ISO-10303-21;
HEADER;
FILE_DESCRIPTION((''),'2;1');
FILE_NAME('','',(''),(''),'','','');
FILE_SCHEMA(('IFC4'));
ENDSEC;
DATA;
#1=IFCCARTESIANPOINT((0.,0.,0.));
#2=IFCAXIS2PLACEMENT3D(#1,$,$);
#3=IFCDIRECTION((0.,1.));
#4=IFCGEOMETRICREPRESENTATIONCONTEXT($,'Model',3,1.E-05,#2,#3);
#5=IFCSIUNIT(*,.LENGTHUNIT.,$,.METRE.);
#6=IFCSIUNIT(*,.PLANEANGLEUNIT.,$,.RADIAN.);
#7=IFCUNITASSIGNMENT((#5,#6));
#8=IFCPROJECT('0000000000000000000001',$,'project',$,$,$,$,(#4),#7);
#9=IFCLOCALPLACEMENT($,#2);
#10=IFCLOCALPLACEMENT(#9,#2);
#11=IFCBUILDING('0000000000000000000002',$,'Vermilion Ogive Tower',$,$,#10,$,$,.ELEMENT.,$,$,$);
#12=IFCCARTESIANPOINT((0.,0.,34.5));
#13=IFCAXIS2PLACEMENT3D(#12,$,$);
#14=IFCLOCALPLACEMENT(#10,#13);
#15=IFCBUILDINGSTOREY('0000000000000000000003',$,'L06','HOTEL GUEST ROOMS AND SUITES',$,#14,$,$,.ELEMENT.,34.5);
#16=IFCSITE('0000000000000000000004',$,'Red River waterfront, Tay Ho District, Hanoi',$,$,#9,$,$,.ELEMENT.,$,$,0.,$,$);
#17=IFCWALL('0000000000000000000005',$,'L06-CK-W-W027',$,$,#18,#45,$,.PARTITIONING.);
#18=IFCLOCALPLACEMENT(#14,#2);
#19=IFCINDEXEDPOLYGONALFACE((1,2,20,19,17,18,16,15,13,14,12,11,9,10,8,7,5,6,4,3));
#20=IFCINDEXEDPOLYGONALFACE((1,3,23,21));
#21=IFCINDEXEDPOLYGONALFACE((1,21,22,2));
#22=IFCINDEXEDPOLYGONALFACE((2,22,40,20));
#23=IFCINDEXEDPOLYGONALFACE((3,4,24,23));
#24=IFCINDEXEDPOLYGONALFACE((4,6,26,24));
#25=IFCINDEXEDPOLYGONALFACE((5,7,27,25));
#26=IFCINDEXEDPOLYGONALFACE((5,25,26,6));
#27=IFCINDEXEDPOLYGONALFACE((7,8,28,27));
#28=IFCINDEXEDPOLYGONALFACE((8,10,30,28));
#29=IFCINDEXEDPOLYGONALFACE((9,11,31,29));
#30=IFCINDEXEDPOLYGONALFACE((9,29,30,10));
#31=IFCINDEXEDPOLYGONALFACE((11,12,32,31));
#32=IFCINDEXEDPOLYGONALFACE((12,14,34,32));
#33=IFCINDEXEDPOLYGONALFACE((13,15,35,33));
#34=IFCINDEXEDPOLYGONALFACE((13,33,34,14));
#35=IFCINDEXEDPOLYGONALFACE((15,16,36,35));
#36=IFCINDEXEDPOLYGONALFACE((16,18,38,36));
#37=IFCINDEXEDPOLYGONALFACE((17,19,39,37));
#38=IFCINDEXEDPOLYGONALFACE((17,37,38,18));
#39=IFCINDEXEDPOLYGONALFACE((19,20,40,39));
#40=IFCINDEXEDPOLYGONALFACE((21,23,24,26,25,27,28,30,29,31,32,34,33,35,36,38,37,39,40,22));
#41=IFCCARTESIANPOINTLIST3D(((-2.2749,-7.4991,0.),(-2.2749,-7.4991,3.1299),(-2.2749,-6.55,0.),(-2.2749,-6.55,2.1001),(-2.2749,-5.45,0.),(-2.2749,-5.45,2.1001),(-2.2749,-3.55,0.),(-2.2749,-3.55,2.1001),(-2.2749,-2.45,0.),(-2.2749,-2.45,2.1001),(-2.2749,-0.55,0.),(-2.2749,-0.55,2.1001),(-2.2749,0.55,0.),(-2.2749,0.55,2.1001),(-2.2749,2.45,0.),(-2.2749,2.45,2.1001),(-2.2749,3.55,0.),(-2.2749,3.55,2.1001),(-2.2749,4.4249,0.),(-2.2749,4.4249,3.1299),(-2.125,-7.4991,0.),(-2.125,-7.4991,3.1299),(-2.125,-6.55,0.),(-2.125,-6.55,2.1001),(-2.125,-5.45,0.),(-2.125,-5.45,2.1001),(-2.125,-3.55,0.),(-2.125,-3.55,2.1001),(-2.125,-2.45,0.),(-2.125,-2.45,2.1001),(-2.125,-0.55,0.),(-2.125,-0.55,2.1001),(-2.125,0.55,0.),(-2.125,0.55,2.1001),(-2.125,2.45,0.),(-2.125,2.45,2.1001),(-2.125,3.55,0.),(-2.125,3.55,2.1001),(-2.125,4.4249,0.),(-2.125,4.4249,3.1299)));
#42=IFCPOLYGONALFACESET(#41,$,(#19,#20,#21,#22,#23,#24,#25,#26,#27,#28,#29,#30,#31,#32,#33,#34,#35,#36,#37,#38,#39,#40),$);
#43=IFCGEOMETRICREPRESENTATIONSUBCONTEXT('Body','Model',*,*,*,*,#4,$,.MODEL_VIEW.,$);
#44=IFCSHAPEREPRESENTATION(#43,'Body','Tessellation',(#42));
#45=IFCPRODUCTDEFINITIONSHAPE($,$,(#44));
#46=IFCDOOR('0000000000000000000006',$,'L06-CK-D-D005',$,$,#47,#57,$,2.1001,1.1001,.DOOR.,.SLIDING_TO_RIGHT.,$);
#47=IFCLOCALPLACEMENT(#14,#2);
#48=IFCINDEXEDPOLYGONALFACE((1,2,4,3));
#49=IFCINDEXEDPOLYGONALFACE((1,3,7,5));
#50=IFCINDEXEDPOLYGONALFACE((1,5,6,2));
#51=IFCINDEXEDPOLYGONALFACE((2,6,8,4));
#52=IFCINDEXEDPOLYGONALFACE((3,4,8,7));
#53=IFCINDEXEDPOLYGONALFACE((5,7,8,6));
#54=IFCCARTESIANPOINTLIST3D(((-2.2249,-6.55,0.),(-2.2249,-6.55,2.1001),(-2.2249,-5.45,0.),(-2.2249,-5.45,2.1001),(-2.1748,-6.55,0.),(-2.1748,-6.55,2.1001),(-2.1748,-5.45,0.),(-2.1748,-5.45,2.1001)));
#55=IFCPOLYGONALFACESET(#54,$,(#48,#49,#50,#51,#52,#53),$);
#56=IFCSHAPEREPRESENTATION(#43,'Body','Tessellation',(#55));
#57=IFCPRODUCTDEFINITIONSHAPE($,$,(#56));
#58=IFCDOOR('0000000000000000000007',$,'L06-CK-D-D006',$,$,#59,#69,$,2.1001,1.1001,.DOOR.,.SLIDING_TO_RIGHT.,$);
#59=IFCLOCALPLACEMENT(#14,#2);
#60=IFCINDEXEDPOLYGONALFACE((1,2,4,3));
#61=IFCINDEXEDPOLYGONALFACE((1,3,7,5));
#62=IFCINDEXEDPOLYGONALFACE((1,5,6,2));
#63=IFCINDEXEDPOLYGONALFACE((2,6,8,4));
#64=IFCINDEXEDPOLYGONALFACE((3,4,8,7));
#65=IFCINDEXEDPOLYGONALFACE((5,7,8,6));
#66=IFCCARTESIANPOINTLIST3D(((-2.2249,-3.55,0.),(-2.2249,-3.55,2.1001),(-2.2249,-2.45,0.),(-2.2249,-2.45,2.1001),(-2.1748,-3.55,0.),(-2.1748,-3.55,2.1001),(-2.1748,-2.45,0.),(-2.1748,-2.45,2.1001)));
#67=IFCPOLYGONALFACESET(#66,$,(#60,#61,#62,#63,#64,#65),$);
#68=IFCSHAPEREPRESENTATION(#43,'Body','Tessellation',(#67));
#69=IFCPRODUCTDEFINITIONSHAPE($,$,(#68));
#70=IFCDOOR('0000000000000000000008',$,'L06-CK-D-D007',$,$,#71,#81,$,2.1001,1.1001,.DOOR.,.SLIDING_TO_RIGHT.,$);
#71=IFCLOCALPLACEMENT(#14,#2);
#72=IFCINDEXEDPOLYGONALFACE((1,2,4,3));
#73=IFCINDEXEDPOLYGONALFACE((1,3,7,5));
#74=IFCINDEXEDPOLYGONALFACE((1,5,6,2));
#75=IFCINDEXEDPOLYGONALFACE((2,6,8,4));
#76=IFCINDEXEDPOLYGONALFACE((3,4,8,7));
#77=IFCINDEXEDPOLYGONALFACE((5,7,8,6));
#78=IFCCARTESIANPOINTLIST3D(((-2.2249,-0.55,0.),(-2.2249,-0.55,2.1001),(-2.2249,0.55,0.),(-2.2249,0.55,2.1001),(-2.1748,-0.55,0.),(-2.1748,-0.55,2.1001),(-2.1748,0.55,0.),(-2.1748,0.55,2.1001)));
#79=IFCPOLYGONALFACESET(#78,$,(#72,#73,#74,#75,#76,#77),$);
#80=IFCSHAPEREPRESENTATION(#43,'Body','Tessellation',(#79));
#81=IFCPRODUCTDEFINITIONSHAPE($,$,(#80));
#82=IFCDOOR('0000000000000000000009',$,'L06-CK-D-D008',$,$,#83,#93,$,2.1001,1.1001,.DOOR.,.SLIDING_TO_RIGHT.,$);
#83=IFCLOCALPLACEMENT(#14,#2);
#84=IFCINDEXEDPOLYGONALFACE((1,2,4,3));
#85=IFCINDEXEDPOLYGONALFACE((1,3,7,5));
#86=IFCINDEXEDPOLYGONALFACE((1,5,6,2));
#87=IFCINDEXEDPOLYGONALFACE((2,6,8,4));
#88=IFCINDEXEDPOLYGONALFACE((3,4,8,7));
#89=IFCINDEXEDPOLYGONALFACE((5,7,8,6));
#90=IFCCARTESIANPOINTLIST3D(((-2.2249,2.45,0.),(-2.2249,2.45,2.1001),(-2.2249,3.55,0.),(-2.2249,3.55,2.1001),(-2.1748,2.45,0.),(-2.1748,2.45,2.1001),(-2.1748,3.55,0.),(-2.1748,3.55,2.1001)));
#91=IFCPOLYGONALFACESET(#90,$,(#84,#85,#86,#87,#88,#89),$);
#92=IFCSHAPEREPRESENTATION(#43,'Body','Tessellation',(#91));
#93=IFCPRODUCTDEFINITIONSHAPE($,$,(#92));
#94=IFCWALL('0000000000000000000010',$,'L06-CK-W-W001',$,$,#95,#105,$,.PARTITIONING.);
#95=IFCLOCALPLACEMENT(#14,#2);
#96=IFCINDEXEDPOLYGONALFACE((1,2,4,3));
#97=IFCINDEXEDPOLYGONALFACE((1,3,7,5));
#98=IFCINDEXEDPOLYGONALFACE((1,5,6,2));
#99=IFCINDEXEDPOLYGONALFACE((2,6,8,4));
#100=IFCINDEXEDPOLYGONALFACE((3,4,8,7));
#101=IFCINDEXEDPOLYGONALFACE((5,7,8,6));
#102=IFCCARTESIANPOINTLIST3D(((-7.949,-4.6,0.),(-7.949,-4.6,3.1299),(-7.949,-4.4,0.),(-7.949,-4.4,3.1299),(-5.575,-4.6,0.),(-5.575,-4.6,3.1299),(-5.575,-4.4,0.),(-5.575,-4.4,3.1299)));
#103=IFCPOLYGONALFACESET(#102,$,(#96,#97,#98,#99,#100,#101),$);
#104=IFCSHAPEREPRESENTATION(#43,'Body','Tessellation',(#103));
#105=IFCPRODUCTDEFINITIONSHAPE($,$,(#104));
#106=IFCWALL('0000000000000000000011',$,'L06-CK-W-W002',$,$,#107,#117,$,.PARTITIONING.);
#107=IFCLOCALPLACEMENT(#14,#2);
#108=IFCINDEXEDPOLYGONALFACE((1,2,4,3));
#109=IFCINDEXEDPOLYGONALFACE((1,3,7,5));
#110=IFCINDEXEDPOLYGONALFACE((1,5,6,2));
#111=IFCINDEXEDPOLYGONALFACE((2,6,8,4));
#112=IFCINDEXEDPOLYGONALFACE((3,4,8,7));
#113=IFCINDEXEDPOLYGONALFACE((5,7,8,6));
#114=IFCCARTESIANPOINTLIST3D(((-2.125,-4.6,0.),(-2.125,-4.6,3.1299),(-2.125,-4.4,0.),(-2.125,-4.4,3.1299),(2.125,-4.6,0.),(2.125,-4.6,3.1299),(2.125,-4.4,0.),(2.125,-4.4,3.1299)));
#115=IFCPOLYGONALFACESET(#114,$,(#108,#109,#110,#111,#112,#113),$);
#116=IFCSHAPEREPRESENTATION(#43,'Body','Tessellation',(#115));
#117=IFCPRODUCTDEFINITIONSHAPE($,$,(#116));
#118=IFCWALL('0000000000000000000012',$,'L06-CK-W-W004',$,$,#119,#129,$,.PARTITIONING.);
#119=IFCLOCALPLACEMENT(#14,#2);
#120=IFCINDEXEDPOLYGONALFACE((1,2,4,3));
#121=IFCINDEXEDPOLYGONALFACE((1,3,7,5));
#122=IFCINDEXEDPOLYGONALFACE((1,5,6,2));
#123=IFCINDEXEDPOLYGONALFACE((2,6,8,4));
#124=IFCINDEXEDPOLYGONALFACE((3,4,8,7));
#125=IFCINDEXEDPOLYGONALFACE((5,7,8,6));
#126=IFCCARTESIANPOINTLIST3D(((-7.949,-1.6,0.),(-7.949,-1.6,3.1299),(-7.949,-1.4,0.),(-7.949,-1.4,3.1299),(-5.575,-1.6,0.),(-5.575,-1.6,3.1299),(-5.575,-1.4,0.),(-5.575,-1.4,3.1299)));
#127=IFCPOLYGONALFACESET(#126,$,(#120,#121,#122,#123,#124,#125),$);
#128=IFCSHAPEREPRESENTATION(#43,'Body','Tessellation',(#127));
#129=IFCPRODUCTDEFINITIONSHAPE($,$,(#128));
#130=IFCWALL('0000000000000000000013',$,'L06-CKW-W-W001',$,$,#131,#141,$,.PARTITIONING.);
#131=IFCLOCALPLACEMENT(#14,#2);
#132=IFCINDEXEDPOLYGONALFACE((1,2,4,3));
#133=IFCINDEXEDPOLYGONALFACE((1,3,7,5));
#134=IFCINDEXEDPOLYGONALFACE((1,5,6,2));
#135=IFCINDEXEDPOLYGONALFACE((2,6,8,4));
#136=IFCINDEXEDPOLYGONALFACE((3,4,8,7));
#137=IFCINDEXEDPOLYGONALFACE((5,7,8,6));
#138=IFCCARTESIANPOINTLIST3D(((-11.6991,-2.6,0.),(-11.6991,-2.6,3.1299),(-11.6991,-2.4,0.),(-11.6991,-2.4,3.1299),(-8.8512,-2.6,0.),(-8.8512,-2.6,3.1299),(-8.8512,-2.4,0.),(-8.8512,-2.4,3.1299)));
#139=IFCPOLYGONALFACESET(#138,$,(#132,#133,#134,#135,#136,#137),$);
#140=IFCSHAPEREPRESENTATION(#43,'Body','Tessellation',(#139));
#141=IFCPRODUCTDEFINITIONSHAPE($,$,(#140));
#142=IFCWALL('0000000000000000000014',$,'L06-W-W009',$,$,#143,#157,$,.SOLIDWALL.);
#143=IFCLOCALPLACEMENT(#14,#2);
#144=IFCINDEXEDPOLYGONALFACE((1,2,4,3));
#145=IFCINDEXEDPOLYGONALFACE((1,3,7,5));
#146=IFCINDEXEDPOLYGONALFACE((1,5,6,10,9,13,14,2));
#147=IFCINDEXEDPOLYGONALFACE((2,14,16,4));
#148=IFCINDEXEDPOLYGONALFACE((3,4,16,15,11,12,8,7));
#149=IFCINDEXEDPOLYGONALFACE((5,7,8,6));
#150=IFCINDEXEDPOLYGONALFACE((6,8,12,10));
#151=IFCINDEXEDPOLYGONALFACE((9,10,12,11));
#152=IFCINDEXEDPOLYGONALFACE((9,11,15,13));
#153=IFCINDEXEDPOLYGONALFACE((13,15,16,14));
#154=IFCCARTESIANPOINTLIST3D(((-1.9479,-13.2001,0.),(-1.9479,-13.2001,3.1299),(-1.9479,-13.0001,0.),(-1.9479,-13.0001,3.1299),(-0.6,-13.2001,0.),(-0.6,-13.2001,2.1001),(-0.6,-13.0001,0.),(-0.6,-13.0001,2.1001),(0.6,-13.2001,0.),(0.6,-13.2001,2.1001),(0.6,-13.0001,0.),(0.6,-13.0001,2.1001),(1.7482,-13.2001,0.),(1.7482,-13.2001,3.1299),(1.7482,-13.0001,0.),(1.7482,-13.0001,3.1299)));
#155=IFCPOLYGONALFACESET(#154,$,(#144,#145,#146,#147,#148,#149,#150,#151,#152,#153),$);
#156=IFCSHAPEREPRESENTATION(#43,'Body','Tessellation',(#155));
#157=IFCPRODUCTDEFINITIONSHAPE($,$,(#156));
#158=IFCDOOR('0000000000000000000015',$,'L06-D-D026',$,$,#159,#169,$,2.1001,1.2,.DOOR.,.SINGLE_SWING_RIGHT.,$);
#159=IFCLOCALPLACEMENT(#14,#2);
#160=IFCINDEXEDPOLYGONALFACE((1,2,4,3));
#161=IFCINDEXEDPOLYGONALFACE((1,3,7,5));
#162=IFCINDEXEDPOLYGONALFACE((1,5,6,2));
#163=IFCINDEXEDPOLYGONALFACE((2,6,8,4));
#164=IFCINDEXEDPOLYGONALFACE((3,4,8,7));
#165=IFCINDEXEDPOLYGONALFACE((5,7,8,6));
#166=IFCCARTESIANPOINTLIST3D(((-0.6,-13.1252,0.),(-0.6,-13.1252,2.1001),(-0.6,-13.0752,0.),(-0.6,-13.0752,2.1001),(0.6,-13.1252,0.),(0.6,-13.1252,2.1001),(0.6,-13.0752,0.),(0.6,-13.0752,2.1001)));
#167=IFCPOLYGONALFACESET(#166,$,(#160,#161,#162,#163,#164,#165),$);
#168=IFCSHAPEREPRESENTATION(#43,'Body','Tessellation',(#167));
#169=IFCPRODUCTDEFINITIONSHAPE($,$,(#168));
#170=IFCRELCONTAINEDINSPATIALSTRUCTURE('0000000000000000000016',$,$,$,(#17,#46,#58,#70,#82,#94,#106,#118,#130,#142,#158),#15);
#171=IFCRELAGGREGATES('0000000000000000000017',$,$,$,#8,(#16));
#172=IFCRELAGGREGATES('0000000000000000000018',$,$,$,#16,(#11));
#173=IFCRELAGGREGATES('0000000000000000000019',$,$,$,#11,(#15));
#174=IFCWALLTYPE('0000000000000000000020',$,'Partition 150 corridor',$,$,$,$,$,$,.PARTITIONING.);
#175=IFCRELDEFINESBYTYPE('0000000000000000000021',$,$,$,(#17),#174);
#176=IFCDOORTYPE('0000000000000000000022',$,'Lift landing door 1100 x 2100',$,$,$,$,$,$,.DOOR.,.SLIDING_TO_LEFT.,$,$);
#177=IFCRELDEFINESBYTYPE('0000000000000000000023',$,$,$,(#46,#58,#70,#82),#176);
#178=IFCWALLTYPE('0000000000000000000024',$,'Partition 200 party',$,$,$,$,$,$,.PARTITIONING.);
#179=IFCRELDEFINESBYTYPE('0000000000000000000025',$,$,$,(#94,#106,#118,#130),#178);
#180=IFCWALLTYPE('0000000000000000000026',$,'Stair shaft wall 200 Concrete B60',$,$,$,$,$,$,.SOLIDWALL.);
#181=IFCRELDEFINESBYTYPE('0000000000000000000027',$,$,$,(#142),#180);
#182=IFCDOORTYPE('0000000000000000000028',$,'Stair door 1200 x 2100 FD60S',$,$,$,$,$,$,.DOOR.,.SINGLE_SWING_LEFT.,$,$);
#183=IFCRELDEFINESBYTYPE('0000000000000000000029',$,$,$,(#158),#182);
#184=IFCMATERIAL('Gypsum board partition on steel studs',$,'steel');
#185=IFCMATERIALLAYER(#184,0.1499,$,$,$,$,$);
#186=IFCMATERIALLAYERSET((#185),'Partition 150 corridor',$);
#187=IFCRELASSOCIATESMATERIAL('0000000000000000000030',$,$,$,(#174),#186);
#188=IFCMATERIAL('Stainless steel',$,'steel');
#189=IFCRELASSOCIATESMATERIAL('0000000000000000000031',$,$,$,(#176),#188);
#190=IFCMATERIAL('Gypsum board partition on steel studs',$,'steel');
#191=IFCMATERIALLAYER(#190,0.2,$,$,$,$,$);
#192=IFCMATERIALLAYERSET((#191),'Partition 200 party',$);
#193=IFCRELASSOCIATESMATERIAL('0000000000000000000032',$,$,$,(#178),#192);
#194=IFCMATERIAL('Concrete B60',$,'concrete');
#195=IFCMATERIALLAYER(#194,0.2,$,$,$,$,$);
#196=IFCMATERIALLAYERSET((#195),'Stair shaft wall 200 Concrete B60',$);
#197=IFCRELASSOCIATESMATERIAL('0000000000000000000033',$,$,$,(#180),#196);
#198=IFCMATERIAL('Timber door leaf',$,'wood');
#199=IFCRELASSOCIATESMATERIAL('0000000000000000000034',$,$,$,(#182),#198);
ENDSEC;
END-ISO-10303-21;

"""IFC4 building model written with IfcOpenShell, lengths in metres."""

from ifc_helpers import new_model, si_unit, direction, frame, frame_2d, origin, place, context, subcontext, project, spatial, rectangle, extrude, material, layer, layer_set, type_object, element, fill, save


model = new_model("IFC4")

# Units and contexts
model_context = context("Model", 3, precision=1e-05, world=origin(), true_north=direction((0.0, 1.0)))
body_context = subcontext(model_context, "Body", "Model", "MODEL_VIEW")
ifc_project = project(units=[si_unit("LENGTHUNIT", "METRE"), si_unit("PLANEANGLEUNIT", "RADIAN")], contexts=[model_context])

# Site, building, storey
site_placement = place(None, origin())
site = spatial("IfcSite", under=ifc_project, at=site_placement, Name="Red River waterfront, Tay Ho District, Hanoi", CompositionType="ELEMENT", RefElevation=0.0)
building_placement = place(site_placement, origin())
building = spatial("IfcBuilding", under=site, at=building_placement, Name="Vermilion Ogive Tower", CompositionType="ELEMENT")
storey_placement = place(building_placement, frame((0.0, 0.0, 34.5)))
storey = spatial("IfcBuildingStorey", under=building, at=storey_placement, Name="L06", Description="HOTEL GUEST ROOMS AND SUITES", CompositionType="ELEMENT", Elevation=34.5)

# Wall, openings, doors
ifc_material_1 = material(Name="Gypsum board partition on steel studs", Category="steel")
ifc_layer_1 = layer(ifc_material_1, 0.1499)
ifc_layer_set_1 = layer_set([ifc_layer_1], Name="Partition 150 corridor")
wall_type_1 = type_object("IfcWallType", Name="Partition 150 corridor", PredefinedType="PARTITIONING", material=ifc_layer_set_1)
ifc_material_2 = material(Name="Stainless steel", Category="steel")
door_type_1 = type_object("IfcDoorType", Name="Lift landing door 1100 x 2100", OperationType="SLIDING_TO_LEFT", PredefinedType="DOOR", material=ifc_material_2)
wall_1_placement = place(storey_placement, frame((-2.2, -7.499, 0.0), z_axis=(0.0, 0.0, 1.0), x_axis=(0.0, 1.0, 0.0)))
wall_1 = element("IfcWall", 1, at=wall_1_placement, inside=storey, type_object=wall_type_1, Name="L06-CK-W-W027", PredefinedType="PARTITIONING", context=body_context, shape_type="SweptSolid", body=[
    extrude(rectangle(XDim=11.9241, YDim=0.1499, at=frame_2d((5.9619, 0.0))), origin(), (0.0, 0.0, 1.0), 3.1299),
])
opening_1_placement = place(wall_1_placement, frame((0.949, 0.0, 0.0)))
opening_1 = element("IfcOpeningElement", 2, at=opening_1_placement, cuts=wall_1, PredefinedType="OPENING", context=body_context, shape_type="SweptSolid", body=[
    extrude(rectangle(XDim=1.1001, YDim=2.1001, at=frame_2d((0.55, 1.05))), frame((0.0, 0.085, 0.0), z_axis=(0.0, -1.0, 0.0), x_axis=(1.0, 0.0, 0.0)), (0.0, 0.0, 1.0), 0.1699),
])
opening_2_placement = place(wall_1_placement, frame((3.949, 0.0, 0.0)))
opening_2 = element("IfcOpeningElement", 3, at=opening_2_placement, cuts=wall_1, PredefinedType="OPENING", context=body_context, shape_type="SweptSolid", body=[
    extrude(rectangle(XDim=1.1001, YDim=2.1001, at=frame_2d((0.55, 1.05))), frame((0.0, 0.085, 0.0), z_axis=(0.0, -1.0, 0.0), x_axis=(1.0, 0.0, 0.0)), (0.0, 0.0, 1.0), 0.1699),
])
opening_3_placement = place(wall_1_placement, frame((6.949, 0.0, 0.0)))
opening_3 = element("IfcOpeningElement", 4, at=opening_3_placement, cuts=wall_1, PredefinedType="OPENING", context=body_context, shape_type="SweptSolid", body=[
    extrude(rectangle(XDim=1.1001, YDim=2.1001, at=frame_2d((0.55, 1.05))), frame((0.0, 0.085, 0.0), z_axis=(0.0, -1.0, 0.0), x_axis=(1.0, 0.0, 0.0)), (0.0, 0.0, 1.0), 0.1699),
])
opening_4_placement = place(wall_1_placement, frame((9.949, 0.0, 0.0)))
opening_4 = element("IfcOpeningElement", 5, at=opening_4_placement, cuts=wall_1, PredefinedType="OPENING", context=body_context, shape_type="SweptSolid", body=[
    extrude(rectangle(XDim=1.1001, YDim=2.1001, at=frame_2d((0.55, 1.05))), frame((0.0, 0.085, 0.0), z_axis=(0.0, -1.0, 0.0), x_axis=(1.0, 0.0, 0.0)), (0.0, 0.0, 1.0), 0.1699),
])
door_1_placement = place(opening_1_placement, origin())
door_1 = element("IfcDoor", 6, at=door_1_placement, inside=storey, type_object=door_type_1, Name="L06-CK-D-D005", OperationType="SLIDING_TO_RIGHT", OverallHeight=2.1001, OverallWidth=1.1001, PredefinedType="DOOR", context=body_context, shape_type="SweptSolid", body=[
    extrude(rectangle(XDim=1.1001, YDim=2.1001, at=frame_2d((0.55, 1.05))), frame((0.0, 0.0249, 0.0), z_axis=(0.0, -1.0, 0.0), x_axis=(1.0, 0.0, 0.0)), (0.0, 0.0, 1.0), 0.05),
])
fill(opening_1, door_1)
door_2_placement = place(opening_2_placement, origin())
door_2 = element("IfcDoor", 7, at=door_2_placement, inside=storey, type_object=door_type_1, Name="L06-CK-D-D006", OperationType="SLIDING_TO_RIGHT", OverallHeight=2.1001, OverallWidth=1.1001, PredefinedType="DOOR", context=body_context, shape_type="SweptSolid", body=[
    extrude(rectangle(XDim=1.1001, YDim=2.1001, at=frame_2d((0.55, 1.05))), frame((0.0, 0.0249, 0.0), z_axis=(0.0, -1.0, 0.0), x_axis=(1.0, 0.0, 0.0)), (0.0, 0.0, 1.0), 0.05),
])
fill(opening_2, door_2)
door_3_placement = place(opening_3_placement, origin())
door_3 = element("IfcDoor", 8, at=door_3_placement, inside=storey, type_object=door_type_1, Name="L06-CK-D-D007", OperationType="SLIDING_TO_RIGHT", OverallHeight=2.1001, OverallWidth=1.1001, PredefinedType="DOOR", context=body_context, shape_type="SweptSolid", body=[
    extrude(rectangle(XDim=1.1001, YDim=2.1001, at=frame_2d((0.55, 1.05))), frame((0.0, 0.0249, 0.0), z_axis=(0.0, -1.0, 0.0), x_axis=(1.0, 0.0, 0.0)), (0.0, 0.0, 1.0), 0.05),
])
fill(opening_3, door_3)
door_4_placement = place(opening_4_placement, origin())
door_4 = element("IfcDoor", 9, at=door_4_placement, inside=storey, type_object=door_type_1, Name="L06-CK-D-D008", OperationType="SLIDING_TO_RIGHT", OverallHeight=2.1001, OverallWidth=1.1001, PredefinedType="DOOR", context=body_context, shape_type="SweptSolid", body=[
    extrude(rectangle(XDim=1.1001, YDim=2.1001, at=frame_2d((0.55, 1.05))), frame((0.0, 0.0249, 0.0), z_axis=(0.0, -1.0, 0.0), x_axis=(1.0, 0.0, 0.0)), (0.0, 0.0, 1.0), 0.05),
])
fill(opening_4, door_4)

# Walls
ifc_material_3 = material(Name="Gypsum board partition on steel studs", Category="steel")
ifc_layer_2 = layer(ifc_material_3, 0.2)
ifc_layer_set_2 = layer_set([ifc_layer_2], Name="Partition 200 party")
wall_type_2 = type_object("IfcWallType", Name="Partition 200 party", PredefinedType="PARTITIONING", material=ifc_layer_set_2)
wall_2_placement = place(storey_placement, frame((-7.949, -4.5, 0.0), z_axis=(0.0, 0.0, 1.0), x_axis=(1.0, 0.0, 0.0)))
element("IfcWall", 10, at=wall_2_placement, inside=storey, type_object=wall_type_2, Name="L06-CK-W-W001", PredefinedType="PARTITIONING", context=body_context, shape_type="SweptSolid", body=[
    extrude(rectangle(XDim=2.374, YDim=0.2, at=frame_2d((1.187, 0.0))), origin(), (0.0, 0.0, 1.0), 3.1299),
])
wall_3_placement = place(storey_placement, frame((-2.125, -4.5, 0.0), z_axis=(0.0, 0.0, 1.0), x_axis=(1.0, 0.0, 0.0)))
element("IfcWall", 11, at=wall_3_placement, inside=storey, type_object=wall_type_2, Name="L06-CK-W-W002", PredefinedType="PARTITIONING", context=body_context, shape_type="SweptSolid", body=[
    extrude(rectangle(XDim=4.25, YDim=0.2, at=frame_2d((2.125, 0.0))), origin(), (0.0, 0.0, 1.0), 3.1299),
])
wall_4_placement = place(storey_placement, frame((-7.949, -1.5, 0.0), z_axis=(0.0, 0.0, 1.0), x_axis=(1.0, 0.0, 0.0)))
element("IfcWall", 12, at=wall_4_placement, inside=storey, type_object=wall_type_2, Name="L06-CK-W-W004", PredefinedType="PARTITIONING", context=body_context, shape_type="SweptSolid", body=[
    extrude(rectangle(XDim=2.374, YDim=0.2, at=frame_2d((1.187, 0.0))), origin(), (0.0, 0.0, 1.0), 3.1299),
])
wall_5_placement = place(storey_placement, frame((-11.699, -2.5, 0.0), z_axis=(0.0, 0.0, 1.0), x_axis=(1.0, 0.0, 0.0)))
element("IfcWall", 13, at=wall_5_placement, inside=storey, type_object=wall_type_2, Name="L06-CKW-W-W001", PredefinedType="PARTITIONING", context=body_context, shape_type="SweptSolid", body=[
    extrude(rectangle(XDim=2.8479, YDim=0.2, at=frame_2d((1.4238, 0.0))), origin(), (0.0, 0.0, 1.0), 3.1299),
])

# Wall, opening, door
ifc_material_4 = material(Name="Concrete B60", Category="concrete")
ifc_layer_3 = layer(ifc_material_4, 0.2)
ifc_layer_set_3 = layer_set([ifc_layer_3], Name="Stair shaft wall 200 Concrete B60")
wall_type_3 = type_object("IfcWallType", Name="Stair shaft wall 200 Concrete B60", PredefinedType="SOLIDWALL", material=ifc_layer_set_3)
wall_6_placement = place(storey_placement, frame((-1.948, -13.1001, 0.0), z_axis=(0.0, 0.0, 1.0), x_axis=(1.0, 0.0, 0.0)))
wall_6 = element("IfcWall", 14, at=wall_6_placement, inside=storey, type_object=wall_type_3, Name="L06-W-W009", PredefinedType="SOLIDWALL", context=body_context, shape_type="SweptSolid", body=[
    extrude(rectangle(XDim=3.696, YDim=0.2, at=frame_2d((1.8481, 0.0))), origin(), (0.0, 0.0, 1.0), 3.1299),
])
opening_5_placement = place(wall_6_placement, frame((1.3479, 0.0, 0.0)))
opening_5 = element("IfcOpeningElement", 15, at=opening_5_placement, cuts=wall_6, PredefinedType="OPENING", context=body_context, shape_type="SweptSolid", body=[
    extrude(rectangle(XDim=1.2, YDim=2.1001, at=frame_2d((0.6001, 1.05))), frame((0.0, 0.1099, 0.0), z_axis=(0.0, -1.0, 0.0), x_axis=(1.0, 0.0, 0.0)), (0.0, 0.0, 1.0), 0.22),
])
ifc_material_5 = material(Name="Timber door leaf", Category="wood")
door_type_2 = type_object("IfcDoorType", Name="Stair door 1200 x 2100 FD60S", OperationType="SINGLE_SWING_LEFT", PredefinedType="DOOR", material=ifc_material_5)
door_5_placement = place(opening_5_placement, origin())
door_5 = element("IfcDoor", 16, at=door_5_placement, inside=storey, type_object=door_type_2, Name="L06-D-D026", OperationType="SINGLE_SWING_RIGHT", OverallHeight=2.1001, OverallWidth=1.2, PredefinedType="DOOR", context=body_context, shape_type="SweptSolid", body=[
    extrude(rectangle(XDim=1.2, YDim=2.1001, at=frame_2d((0.6001, 1.05))), frame((0.0, 0.0249, 0.0), z_axis=(0.0, -1.0, 0.0), x_axis=(1.0, 0.0, 0.0)), (0.0, 0.0, 1.0), 0.05),
])
fill(opening_5, door_5)

save(model, "model.ifc")
